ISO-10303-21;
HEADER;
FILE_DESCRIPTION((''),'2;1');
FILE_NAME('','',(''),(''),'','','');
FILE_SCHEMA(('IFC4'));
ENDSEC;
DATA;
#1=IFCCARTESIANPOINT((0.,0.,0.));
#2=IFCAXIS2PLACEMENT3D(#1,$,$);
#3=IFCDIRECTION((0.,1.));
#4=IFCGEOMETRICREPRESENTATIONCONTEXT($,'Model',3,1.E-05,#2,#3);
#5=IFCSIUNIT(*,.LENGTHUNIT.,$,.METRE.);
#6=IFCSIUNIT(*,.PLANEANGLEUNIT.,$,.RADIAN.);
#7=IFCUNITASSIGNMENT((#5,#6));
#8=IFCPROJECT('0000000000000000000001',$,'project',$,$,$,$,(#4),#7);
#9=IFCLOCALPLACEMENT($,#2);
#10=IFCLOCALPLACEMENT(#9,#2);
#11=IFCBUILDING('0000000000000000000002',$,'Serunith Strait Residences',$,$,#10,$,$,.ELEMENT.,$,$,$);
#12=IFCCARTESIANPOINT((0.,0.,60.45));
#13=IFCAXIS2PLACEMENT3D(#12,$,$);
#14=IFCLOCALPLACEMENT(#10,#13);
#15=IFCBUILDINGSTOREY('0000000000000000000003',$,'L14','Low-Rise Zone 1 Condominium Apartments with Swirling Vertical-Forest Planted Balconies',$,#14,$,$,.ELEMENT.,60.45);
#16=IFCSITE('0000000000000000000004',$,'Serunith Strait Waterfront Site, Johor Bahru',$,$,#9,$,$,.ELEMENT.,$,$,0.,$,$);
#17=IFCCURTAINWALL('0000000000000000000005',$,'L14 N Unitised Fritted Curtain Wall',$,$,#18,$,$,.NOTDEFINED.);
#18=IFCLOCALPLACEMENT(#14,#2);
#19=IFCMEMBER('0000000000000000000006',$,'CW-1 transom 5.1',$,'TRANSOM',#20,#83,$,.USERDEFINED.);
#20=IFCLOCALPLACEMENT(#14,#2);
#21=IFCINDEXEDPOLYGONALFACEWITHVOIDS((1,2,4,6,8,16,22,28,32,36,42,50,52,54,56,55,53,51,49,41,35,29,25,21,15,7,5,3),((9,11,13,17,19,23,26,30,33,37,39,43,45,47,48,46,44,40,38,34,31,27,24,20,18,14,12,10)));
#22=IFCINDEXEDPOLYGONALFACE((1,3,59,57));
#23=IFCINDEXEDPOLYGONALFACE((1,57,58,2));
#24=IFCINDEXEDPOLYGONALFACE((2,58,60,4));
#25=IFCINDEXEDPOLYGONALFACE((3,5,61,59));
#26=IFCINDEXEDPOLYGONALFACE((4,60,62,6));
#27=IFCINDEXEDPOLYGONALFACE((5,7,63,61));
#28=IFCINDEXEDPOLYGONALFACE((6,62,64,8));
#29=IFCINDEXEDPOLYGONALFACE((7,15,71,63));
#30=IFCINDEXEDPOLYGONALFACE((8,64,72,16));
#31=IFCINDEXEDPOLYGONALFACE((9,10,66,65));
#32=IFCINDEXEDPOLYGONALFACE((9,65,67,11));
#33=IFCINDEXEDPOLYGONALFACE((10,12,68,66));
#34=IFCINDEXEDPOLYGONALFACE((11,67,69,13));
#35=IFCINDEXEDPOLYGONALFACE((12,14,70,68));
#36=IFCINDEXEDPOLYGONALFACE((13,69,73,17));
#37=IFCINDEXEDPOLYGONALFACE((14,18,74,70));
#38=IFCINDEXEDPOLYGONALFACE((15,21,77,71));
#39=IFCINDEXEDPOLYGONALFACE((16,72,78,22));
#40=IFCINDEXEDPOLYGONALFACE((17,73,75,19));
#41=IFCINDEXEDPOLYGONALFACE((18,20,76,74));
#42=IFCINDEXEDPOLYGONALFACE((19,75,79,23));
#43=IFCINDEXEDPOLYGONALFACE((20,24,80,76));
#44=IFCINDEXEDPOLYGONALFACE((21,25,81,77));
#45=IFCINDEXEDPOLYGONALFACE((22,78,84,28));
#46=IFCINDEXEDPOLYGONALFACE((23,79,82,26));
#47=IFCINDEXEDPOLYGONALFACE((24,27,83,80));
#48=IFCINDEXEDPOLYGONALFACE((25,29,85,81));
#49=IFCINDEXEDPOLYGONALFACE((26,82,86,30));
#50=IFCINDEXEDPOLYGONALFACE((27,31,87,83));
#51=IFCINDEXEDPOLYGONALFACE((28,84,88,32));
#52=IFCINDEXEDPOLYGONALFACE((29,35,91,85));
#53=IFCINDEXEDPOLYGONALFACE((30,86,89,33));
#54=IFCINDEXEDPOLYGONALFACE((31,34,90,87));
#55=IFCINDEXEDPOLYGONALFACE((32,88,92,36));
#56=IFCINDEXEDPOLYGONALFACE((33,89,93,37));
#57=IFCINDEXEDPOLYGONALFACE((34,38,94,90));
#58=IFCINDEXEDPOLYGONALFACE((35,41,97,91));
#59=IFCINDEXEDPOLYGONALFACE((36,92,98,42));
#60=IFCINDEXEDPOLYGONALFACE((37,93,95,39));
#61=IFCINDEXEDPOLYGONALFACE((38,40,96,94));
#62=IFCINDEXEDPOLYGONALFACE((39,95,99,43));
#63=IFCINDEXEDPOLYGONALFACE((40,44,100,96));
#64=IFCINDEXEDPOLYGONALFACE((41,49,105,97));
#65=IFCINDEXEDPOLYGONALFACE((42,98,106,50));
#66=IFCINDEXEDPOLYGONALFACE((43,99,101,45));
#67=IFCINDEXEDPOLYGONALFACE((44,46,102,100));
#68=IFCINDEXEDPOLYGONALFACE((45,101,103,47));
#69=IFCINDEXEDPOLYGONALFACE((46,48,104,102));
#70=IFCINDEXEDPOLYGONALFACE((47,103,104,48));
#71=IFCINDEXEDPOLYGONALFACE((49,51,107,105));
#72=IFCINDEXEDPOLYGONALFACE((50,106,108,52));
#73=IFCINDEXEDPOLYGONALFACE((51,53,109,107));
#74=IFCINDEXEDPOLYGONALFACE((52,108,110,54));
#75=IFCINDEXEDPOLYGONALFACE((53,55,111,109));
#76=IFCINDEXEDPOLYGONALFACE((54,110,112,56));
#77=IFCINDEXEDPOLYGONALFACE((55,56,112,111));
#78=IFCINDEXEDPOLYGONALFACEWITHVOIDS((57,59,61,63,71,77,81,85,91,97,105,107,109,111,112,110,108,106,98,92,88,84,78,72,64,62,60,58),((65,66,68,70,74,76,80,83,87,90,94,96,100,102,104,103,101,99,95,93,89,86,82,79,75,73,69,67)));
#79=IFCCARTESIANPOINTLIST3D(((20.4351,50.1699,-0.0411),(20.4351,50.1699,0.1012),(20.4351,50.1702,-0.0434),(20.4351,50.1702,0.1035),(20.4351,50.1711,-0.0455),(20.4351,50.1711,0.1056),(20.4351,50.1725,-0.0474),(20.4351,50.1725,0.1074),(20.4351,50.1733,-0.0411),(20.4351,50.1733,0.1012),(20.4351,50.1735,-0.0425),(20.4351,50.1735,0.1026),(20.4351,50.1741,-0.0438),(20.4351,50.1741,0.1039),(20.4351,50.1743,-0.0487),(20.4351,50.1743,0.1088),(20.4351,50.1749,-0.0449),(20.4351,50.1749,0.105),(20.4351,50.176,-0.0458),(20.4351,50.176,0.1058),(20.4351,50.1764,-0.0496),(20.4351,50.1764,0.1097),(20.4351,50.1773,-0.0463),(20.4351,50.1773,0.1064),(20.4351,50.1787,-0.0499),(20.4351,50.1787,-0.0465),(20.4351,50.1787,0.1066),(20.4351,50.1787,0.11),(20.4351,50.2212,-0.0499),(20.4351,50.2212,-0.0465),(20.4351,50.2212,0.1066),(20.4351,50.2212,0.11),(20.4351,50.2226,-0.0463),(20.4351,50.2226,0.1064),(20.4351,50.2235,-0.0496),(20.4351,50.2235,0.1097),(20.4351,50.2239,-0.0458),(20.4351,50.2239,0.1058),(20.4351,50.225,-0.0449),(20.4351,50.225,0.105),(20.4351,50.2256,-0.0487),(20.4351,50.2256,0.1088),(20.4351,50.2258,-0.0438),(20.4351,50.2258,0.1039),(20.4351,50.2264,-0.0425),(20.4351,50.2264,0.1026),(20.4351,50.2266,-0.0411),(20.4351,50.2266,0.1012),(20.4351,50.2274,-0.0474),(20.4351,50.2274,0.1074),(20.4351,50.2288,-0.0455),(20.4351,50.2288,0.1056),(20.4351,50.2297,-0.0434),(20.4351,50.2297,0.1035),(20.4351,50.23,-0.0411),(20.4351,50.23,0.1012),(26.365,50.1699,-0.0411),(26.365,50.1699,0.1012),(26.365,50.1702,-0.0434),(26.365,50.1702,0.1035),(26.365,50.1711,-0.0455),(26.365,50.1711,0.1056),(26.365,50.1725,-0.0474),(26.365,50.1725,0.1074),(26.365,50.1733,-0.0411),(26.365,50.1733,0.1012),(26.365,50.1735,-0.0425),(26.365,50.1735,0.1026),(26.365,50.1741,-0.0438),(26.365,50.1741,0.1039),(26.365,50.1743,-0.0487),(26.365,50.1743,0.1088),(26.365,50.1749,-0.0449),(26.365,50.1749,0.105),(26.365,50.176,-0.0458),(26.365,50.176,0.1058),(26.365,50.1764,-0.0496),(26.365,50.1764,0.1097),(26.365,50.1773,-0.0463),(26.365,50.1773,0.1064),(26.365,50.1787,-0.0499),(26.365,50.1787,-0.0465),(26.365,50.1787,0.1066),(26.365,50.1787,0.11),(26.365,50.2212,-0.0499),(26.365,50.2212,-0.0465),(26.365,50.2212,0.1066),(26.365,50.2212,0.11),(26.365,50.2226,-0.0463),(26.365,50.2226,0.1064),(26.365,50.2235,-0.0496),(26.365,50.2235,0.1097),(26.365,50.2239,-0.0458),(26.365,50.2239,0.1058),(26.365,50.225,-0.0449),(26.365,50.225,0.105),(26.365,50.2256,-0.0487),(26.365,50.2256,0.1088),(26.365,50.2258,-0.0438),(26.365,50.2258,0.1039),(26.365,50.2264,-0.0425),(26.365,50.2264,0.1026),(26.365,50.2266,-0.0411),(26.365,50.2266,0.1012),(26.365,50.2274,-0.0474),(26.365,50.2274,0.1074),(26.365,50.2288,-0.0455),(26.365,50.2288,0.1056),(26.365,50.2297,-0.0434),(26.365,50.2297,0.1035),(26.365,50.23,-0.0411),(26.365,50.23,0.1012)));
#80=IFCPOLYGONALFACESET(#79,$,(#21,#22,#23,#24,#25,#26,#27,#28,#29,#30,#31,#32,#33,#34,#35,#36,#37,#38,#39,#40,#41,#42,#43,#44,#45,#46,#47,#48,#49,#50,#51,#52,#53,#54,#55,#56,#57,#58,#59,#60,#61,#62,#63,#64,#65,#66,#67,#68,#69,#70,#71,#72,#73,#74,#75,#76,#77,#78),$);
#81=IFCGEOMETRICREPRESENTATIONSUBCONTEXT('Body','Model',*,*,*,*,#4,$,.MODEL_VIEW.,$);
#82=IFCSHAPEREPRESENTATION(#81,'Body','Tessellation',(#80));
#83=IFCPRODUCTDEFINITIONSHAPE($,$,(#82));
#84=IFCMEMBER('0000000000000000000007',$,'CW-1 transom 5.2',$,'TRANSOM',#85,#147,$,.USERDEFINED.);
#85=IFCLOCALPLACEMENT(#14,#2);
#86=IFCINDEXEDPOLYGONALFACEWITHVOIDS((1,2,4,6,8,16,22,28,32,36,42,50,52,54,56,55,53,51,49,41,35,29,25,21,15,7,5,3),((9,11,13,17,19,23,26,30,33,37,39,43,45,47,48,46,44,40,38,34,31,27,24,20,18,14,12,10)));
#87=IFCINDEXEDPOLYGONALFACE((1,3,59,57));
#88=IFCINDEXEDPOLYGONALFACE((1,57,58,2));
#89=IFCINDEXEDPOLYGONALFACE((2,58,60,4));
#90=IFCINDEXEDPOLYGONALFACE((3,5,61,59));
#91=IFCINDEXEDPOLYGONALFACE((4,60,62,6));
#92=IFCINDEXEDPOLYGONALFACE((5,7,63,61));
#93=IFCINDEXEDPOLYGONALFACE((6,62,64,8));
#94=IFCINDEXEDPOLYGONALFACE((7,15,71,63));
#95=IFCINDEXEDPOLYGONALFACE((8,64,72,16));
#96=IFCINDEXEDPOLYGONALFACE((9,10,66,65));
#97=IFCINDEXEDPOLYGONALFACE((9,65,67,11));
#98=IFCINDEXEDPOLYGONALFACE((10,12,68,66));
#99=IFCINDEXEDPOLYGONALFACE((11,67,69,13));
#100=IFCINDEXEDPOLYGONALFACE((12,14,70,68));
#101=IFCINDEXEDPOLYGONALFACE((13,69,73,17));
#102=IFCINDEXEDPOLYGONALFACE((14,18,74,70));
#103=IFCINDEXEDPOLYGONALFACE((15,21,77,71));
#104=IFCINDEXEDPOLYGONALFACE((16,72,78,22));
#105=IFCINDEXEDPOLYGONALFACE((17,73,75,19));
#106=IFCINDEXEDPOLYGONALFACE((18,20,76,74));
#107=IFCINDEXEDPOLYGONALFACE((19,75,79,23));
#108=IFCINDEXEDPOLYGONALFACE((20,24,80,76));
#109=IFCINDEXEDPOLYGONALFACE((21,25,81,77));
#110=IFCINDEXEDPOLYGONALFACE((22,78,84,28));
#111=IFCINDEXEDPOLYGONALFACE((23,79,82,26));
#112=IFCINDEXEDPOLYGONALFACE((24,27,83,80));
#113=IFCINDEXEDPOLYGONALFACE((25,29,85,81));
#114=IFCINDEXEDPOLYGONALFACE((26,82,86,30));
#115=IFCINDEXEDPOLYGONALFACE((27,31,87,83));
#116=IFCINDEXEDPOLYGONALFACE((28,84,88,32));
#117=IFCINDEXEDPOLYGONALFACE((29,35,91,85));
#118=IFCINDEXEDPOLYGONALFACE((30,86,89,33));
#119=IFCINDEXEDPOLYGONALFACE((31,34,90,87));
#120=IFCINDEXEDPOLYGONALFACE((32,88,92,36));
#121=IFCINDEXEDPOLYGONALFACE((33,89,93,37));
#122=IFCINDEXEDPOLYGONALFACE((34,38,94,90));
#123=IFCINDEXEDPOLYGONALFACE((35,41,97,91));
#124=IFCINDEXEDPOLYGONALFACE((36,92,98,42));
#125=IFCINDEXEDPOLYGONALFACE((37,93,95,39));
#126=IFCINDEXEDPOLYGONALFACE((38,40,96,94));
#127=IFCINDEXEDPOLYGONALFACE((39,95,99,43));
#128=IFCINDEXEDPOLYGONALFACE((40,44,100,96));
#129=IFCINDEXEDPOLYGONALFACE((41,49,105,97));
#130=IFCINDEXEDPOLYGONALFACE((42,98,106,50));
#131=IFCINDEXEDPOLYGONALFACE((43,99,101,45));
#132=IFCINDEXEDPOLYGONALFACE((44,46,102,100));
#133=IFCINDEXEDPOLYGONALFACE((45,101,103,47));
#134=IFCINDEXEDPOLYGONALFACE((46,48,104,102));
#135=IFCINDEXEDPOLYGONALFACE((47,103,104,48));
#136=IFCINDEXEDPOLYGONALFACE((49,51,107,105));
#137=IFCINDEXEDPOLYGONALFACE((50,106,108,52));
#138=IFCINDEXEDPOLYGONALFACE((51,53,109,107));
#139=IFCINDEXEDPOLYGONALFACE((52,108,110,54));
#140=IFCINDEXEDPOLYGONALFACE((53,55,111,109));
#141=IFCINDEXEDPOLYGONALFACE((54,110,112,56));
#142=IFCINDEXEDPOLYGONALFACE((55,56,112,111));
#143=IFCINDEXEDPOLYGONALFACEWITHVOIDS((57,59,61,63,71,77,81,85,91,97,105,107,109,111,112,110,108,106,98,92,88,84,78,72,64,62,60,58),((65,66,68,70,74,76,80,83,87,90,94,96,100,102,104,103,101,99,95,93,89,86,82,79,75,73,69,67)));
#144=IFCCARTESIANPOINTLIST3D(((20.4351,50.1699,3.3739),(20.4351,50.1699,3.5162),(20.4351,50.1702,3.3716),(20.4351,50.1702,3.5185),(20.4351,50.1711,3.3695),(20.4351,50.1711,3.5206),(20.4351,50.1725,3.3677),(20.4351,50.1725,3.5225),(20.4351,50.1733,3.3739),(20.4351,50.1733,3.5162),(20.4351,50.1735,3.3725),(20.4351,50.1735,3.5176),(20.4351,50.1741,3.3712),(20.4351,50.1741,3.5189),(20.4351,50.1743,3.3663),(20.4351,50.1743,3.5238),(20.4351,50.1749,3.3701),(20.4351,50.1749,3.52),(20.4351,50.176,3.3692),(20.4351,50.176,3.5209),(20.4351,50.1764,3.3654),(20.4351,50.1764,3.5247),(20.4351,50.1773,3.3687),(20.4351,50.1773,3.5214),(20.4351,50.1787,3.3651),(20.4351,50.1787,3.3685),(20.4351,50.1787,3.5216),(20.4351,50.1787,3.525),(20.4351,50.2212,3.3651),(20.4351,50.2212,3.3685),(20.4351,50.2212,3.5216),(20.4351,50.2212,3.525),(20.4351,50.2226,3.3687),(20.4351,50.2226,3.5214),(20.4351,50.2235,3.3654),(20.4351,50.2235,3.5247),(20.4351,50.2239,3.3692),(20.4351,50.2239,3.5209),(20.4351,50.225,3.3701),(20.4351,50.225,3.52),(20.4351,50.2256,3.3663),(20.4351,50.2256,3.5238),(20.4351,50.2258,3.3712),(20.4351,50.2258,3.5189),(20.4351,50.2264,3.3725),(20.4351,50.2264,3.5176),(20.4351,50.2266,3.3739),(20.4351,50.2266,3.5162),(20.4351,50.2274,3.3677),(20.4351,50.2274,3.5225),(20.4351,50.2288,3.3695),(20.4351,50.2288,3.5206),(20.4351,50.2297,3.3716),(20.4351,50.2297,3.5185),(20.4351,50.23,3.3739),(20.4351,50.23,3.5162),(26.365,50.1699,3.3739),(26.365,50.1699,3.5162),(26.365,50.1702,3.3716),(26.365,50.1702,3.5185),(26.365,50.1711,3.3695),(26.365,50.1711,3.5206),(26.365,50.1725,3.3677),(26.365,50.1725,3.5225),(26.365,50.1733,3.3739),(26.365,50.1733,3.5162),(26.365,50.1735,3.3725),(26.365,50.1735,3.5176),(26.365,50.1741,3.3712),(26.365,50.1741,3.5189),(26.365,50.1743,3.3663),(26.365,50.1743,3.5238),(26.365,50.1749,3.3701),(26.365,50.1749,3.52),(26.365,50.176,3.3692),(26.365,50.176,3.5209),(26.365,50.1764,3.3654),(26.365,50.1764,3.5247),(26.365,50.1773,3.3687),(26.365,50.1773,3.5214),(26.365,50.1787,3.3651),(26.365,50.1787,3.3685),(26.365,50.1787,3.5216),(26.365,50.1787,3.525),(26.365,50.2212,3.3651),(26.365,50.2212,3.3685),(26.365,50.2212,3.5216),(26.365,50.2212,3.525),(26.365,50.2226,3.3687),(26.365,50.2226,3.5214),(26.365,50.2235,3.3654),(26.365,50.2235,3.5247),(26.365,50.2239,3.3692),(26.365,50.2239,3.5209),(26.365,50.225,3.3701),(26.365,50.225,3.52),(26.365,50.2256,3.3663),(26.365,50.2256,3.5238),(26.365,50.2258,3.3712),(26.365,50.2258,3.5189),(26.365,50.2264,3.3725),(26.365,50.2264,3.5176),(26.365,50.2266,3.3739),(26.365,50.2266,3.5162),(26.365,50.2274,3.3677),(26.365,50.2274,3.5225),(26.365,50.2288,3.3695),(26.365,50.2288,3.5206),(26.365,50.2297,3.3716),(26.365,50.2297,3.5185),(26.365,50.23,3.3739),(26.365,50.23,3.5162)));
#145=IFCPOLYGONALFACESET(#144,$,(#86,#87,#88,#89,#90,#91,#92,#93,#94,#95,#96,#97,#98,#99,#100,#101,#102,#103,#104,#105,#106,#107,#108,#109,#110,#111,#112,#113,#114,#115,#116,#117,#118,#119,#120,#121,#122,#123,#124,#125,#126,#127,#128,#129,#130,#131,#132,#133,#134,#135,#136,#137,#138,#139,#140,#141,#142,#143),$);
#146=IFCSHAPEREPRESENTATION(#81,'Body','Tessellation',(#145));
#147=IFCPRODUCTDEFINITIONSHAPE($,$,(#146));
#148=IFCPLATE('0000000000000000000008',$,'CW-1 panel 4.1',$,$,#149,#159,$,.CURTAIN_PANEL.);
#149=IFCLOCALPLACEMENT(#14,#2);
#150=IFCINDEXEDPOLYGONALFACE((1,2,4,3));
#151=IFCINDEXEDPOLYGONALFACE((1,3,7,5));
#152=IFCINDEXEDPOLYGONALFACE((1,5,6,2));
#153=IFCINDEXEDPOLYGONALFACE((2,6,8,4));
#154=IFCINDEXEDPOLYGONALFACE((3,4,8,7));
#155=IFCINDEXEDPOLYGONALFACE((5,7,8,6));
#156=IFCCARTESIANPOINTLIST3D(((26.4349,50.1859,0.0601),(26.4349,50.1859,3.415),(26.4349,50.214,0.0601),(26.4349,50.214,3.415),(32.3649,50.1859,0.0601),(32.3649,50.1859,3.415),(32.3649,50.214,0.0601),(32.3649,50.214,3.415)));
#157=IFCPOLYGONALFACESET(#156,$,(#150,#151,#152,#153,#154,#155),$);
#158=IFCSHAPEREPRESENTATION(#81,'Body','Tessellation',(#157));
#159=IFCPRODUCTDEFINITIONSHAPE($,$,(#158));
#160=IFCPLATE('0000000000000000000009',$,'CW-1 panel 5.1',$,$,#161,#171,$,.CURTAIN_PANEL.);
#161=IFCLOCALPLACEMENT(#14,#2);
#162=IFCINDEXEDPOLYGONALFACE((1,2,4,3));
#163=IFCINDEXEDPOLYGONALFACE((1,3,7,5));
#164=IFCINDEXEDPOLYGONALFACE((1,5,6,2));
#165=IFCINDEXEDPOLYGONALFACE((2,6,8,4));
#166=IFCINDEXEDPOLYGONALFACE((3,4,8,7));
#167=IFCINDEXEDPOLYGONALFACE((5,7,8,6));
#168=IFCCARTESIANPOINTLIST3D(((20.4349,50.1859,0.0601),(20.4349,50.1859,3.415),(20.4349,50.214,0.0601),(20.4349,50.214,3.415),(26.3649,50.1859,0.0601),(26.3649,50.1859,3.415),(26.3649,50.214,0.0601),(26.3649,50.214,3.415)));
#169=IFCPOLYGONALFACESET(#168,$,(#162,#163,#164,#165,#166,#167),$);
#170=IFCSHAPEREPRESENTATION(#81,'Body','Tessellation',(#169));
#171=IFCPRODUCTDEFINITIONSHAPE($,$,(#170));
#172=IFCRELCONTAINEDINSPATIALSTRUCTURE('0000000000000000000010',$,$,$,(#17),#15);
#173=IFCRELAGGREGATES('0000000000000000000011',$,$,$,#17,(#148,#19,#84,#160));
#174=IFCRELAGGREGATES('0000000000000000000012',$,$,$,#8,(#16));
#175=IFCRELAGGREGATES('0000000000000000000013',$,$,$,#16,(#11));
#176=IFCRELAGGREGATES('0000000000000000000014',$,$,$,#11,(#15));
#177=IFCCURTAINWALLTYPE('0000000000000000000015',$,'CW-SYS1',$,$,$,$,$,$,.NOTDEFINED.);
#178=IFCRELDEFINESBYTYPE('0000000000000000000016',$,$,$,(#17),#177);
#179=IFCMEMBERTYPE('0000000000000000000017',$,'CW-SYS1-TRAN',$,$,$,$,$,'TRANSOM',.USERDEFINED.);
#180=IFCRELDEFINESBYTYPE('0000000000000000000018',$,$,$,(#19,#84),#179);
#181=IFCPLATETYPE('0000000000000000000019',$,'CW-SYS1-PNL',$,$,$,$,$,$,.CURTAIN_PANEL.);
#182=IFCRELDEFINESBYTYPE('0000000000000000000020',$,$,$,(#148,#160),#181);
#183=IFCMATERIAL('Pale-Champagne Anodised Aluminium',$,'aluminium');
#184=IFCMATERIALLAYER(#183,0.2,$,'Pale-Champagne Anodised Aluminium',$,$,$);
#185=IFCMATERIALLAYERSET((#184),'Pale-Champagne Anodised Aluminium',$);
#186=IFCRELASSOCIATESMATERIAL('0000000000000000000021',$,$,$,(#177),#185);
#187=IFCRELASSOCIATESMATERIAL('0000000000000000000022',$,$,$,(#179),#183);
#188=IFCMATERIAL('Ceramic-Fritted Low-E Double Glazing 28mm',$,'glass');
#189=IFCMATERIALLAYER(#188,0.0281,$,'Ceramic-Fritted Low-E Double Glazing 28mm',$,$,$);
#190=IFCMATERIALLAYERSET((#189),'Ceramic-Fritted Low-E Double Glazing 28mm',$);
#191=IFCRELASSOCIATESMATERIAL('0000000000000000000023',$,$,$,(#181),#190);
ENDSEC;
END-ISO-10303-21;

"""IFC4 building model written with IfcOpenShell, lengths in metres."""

from ifc_helpers import new_model, si_unit, direction, frame, origin, origin_2d, place, context, subcontext, project, spatial, rectangle, hollow_rectangle, extrude, source, transform, mapped, material, layer, layer_set, material_profile, profile_set, type_object, element, aggregate, save


model = new_model("IFC4")

# Units and contexts
model_context = context("Model", 3, precision=1e-05, world=origin(), true_north=direction((0.0, 1.0)))
body_context = subcontext(model_context, "Body", "Model", "MODEL_VIEW")
ifc_project = project(units=[si_unit("LENGTHUNIT", "METRE"), si_unit("PLANEANGLEUNIT", "RADIAN")], contexts=[model_context])

# Site, building, storey
site_placement = place(None, origin())
site = spatial("IfcSite", under=ifc_project, at=site_placement, Name="Serunith Strait Waterfront Site, Johor Bahru", CompositionType="ELEMENT", RefElevation=0.0)
building_placement = place(site_placement, origin())
building = spatial("IfcBuilding", under=site, at=building_placement, Name="Serunith Strait Residences", CompositionType="ELEMENT")
storey_placement = place(building_placement, frame((0.0, 0.0, 60.45)))
storey = spatial("IfcBuildingStorey", under=building, at=storey_placement, Name="L14", Description="Low-Rise Zone 1 Condominium Apartments with Swirling Vertical-Forest Planted Balconies", CompositionType="ELEMENT", Elevation=60.45)

# Curtain wall, members, plates
ifc_material_1 = material(Name="Pale-Champagne Anodised Aluminium", Category="aluminium")
ifc_layer_1 = layer(ifc_material_1, 0.2, Name="Pale-Champagne Anodised Aluminium")
ifc_layer_set_1 = layer_set([ifc_layer_1], Name="Pale-Champagne Anodised Aluminium")
curtain_wall_type = type_object("IfcCurtainWallType", Name="CW-SYS1", PredefinedType="NOTDEFINED", material=ifc_layer_set_1)
curtain_wall_placement = place(storey_placement, origin())
curtain_wall = element("IfcCurtainWall", 1, at=curtain_wall_placement, inside=storey, type_object=curtain_wall_type, Name="L14 N Unitised Fritted Curtain Wall", PredefinedType="NOTDEFINED")
ifc_material_profile_1 = material_profile(ifc_material_1, hollow_rectangle(XDim=0.0601, YDim=0.1599, WallThickness=0.0034, InnerFilletRadius=0.0054, OuterFilletRadius=0.0088, at=origin_2d()), Name="ALU 160x60x3.5")
ifc_profile_set_1 = profile_set([ifc_material_profile_1], Name="Pale-Champagne Anodised Aluminium")
member_type_1 = type_object("IfcMemberType", Name="CW-SYS1-TRAN", ElementType="TRANSOM", PredefinedType="USERDEFINED", material=ifc_profile_set_1)
shared_shape_1 = source(origin(), body_context, "Body", "SweptSolid", [
    extrude(hollow_rectangle(XDim=0.0601, YDim=0.1599, WallThickness=0.0034, InnerFilletRadius=0.0054, OuterFilletRadius=0.0088, at=origin_2d()), origin(), (0.0, 0.0, 1.0), 5.9299),
])
member_1_placement = place(storey_placement, frame((26.365, 50.2, 0.03), z_axis=(-1.0, 0.0, 0.0), x_axis=(0.0, -1.0, 0.0)))
member_1 = element("IfcMember", 2, at=member_1_placement, type_object=member_type_1, Name="CW-1 transom 5.1", ObjectType="TRANSOM", PredefinedType="USERDEFINED", context=body_context, shape_type="MappedRepresentation", body=[
    mapped(shared_shape_1, transform((0.0, 0.0, 0.0), scale=1.0)),
])
member_2_placement = place(storey_placement, frame((26.365, 50.2, 3.4451), z_axis=(-1.0, 0.0, 0.0), x_axis=(0.0, -1.0, 0.0)))
member_2 = element("IfcMember", 3, at=member_2_placement, type_object=member_type_1, Name="CW-1 transom 5.2", ObjectType="TRANSOM", PredefinedType="USERDEFINED", context=body_context, shape_type="MappedRepresentation", body=[
    mapped(shared_shape_1, transform((0.0, 0.0, 0.0), scale=1.0)),
])
ifc_material_2 = material(Name="Ceramic-Fritted Low-E Double Glazing 28mm", Category="glass")
ifc_layer_2 = layer(ifc_material_2, 0.0281, Name="Ceramic-Fritted Low-E Double Glazing 28mm")
ifc_layer_set_2 = layer_set([ifc_layer_2], Name="Ceramic-Fritted Low-E Double Glazing 28mm")
plate_type = type_object("IfcPlateType", Name="CW-SYS1-PNL", PredefinedType="CURTAIN_PANEL", material=ifc_layer_set_2)
shared_shape_2 = source(origin(), body_context, "Body", "SweptSolid", [
    extrude(rectangle(XDim=5.9299, YDim=0.0281, at=origin_2d()), origin(), (0.0, 0.0, 1.0), 3.355),
])
plate_1_placement = place(storey_placement, frame((29.3999, 50.2, 0.0601), z_axis=(0.0, 0.0, 1.0), x_axis=(-1.0, 0.0, 0.0)))
plate_1 = element("IfcPlate", 4, at=plate_1_placement, type_object=plate_type, Name="CW-1 panel 4.1", PredefinedType="CURTAIN_PANEL", context=body_context, shape_type="MappedRepresentation", body=[
    mapped(shared_shape_2, transform((0.0, 0.0, 0.0), scale=1.0)),
])
plate_2_placement = place(storey_placement, frame((23.3999, 50.2, 0.0601), z_axis=(0.0, 0.0, 1.0), x_axis=(-1.0, 0.0, 0.0)))
plate_2 = element("IfcPlate", 5, at=plate_2_placement, type_object=plate_type, Name="CW-1 panel 5.1", PredefinedType="CURTAIN_PANEL", context=body_context, shape_type="MappedRepresentation", body=[
    mapped(shared_shape_2, transform((0.0, 0.0, 0.0), scale=1.0)),
])
aggregate(curtain_wall, [plate_1, member_1, member_2, plate_2])

save(model, "model.ifc")
